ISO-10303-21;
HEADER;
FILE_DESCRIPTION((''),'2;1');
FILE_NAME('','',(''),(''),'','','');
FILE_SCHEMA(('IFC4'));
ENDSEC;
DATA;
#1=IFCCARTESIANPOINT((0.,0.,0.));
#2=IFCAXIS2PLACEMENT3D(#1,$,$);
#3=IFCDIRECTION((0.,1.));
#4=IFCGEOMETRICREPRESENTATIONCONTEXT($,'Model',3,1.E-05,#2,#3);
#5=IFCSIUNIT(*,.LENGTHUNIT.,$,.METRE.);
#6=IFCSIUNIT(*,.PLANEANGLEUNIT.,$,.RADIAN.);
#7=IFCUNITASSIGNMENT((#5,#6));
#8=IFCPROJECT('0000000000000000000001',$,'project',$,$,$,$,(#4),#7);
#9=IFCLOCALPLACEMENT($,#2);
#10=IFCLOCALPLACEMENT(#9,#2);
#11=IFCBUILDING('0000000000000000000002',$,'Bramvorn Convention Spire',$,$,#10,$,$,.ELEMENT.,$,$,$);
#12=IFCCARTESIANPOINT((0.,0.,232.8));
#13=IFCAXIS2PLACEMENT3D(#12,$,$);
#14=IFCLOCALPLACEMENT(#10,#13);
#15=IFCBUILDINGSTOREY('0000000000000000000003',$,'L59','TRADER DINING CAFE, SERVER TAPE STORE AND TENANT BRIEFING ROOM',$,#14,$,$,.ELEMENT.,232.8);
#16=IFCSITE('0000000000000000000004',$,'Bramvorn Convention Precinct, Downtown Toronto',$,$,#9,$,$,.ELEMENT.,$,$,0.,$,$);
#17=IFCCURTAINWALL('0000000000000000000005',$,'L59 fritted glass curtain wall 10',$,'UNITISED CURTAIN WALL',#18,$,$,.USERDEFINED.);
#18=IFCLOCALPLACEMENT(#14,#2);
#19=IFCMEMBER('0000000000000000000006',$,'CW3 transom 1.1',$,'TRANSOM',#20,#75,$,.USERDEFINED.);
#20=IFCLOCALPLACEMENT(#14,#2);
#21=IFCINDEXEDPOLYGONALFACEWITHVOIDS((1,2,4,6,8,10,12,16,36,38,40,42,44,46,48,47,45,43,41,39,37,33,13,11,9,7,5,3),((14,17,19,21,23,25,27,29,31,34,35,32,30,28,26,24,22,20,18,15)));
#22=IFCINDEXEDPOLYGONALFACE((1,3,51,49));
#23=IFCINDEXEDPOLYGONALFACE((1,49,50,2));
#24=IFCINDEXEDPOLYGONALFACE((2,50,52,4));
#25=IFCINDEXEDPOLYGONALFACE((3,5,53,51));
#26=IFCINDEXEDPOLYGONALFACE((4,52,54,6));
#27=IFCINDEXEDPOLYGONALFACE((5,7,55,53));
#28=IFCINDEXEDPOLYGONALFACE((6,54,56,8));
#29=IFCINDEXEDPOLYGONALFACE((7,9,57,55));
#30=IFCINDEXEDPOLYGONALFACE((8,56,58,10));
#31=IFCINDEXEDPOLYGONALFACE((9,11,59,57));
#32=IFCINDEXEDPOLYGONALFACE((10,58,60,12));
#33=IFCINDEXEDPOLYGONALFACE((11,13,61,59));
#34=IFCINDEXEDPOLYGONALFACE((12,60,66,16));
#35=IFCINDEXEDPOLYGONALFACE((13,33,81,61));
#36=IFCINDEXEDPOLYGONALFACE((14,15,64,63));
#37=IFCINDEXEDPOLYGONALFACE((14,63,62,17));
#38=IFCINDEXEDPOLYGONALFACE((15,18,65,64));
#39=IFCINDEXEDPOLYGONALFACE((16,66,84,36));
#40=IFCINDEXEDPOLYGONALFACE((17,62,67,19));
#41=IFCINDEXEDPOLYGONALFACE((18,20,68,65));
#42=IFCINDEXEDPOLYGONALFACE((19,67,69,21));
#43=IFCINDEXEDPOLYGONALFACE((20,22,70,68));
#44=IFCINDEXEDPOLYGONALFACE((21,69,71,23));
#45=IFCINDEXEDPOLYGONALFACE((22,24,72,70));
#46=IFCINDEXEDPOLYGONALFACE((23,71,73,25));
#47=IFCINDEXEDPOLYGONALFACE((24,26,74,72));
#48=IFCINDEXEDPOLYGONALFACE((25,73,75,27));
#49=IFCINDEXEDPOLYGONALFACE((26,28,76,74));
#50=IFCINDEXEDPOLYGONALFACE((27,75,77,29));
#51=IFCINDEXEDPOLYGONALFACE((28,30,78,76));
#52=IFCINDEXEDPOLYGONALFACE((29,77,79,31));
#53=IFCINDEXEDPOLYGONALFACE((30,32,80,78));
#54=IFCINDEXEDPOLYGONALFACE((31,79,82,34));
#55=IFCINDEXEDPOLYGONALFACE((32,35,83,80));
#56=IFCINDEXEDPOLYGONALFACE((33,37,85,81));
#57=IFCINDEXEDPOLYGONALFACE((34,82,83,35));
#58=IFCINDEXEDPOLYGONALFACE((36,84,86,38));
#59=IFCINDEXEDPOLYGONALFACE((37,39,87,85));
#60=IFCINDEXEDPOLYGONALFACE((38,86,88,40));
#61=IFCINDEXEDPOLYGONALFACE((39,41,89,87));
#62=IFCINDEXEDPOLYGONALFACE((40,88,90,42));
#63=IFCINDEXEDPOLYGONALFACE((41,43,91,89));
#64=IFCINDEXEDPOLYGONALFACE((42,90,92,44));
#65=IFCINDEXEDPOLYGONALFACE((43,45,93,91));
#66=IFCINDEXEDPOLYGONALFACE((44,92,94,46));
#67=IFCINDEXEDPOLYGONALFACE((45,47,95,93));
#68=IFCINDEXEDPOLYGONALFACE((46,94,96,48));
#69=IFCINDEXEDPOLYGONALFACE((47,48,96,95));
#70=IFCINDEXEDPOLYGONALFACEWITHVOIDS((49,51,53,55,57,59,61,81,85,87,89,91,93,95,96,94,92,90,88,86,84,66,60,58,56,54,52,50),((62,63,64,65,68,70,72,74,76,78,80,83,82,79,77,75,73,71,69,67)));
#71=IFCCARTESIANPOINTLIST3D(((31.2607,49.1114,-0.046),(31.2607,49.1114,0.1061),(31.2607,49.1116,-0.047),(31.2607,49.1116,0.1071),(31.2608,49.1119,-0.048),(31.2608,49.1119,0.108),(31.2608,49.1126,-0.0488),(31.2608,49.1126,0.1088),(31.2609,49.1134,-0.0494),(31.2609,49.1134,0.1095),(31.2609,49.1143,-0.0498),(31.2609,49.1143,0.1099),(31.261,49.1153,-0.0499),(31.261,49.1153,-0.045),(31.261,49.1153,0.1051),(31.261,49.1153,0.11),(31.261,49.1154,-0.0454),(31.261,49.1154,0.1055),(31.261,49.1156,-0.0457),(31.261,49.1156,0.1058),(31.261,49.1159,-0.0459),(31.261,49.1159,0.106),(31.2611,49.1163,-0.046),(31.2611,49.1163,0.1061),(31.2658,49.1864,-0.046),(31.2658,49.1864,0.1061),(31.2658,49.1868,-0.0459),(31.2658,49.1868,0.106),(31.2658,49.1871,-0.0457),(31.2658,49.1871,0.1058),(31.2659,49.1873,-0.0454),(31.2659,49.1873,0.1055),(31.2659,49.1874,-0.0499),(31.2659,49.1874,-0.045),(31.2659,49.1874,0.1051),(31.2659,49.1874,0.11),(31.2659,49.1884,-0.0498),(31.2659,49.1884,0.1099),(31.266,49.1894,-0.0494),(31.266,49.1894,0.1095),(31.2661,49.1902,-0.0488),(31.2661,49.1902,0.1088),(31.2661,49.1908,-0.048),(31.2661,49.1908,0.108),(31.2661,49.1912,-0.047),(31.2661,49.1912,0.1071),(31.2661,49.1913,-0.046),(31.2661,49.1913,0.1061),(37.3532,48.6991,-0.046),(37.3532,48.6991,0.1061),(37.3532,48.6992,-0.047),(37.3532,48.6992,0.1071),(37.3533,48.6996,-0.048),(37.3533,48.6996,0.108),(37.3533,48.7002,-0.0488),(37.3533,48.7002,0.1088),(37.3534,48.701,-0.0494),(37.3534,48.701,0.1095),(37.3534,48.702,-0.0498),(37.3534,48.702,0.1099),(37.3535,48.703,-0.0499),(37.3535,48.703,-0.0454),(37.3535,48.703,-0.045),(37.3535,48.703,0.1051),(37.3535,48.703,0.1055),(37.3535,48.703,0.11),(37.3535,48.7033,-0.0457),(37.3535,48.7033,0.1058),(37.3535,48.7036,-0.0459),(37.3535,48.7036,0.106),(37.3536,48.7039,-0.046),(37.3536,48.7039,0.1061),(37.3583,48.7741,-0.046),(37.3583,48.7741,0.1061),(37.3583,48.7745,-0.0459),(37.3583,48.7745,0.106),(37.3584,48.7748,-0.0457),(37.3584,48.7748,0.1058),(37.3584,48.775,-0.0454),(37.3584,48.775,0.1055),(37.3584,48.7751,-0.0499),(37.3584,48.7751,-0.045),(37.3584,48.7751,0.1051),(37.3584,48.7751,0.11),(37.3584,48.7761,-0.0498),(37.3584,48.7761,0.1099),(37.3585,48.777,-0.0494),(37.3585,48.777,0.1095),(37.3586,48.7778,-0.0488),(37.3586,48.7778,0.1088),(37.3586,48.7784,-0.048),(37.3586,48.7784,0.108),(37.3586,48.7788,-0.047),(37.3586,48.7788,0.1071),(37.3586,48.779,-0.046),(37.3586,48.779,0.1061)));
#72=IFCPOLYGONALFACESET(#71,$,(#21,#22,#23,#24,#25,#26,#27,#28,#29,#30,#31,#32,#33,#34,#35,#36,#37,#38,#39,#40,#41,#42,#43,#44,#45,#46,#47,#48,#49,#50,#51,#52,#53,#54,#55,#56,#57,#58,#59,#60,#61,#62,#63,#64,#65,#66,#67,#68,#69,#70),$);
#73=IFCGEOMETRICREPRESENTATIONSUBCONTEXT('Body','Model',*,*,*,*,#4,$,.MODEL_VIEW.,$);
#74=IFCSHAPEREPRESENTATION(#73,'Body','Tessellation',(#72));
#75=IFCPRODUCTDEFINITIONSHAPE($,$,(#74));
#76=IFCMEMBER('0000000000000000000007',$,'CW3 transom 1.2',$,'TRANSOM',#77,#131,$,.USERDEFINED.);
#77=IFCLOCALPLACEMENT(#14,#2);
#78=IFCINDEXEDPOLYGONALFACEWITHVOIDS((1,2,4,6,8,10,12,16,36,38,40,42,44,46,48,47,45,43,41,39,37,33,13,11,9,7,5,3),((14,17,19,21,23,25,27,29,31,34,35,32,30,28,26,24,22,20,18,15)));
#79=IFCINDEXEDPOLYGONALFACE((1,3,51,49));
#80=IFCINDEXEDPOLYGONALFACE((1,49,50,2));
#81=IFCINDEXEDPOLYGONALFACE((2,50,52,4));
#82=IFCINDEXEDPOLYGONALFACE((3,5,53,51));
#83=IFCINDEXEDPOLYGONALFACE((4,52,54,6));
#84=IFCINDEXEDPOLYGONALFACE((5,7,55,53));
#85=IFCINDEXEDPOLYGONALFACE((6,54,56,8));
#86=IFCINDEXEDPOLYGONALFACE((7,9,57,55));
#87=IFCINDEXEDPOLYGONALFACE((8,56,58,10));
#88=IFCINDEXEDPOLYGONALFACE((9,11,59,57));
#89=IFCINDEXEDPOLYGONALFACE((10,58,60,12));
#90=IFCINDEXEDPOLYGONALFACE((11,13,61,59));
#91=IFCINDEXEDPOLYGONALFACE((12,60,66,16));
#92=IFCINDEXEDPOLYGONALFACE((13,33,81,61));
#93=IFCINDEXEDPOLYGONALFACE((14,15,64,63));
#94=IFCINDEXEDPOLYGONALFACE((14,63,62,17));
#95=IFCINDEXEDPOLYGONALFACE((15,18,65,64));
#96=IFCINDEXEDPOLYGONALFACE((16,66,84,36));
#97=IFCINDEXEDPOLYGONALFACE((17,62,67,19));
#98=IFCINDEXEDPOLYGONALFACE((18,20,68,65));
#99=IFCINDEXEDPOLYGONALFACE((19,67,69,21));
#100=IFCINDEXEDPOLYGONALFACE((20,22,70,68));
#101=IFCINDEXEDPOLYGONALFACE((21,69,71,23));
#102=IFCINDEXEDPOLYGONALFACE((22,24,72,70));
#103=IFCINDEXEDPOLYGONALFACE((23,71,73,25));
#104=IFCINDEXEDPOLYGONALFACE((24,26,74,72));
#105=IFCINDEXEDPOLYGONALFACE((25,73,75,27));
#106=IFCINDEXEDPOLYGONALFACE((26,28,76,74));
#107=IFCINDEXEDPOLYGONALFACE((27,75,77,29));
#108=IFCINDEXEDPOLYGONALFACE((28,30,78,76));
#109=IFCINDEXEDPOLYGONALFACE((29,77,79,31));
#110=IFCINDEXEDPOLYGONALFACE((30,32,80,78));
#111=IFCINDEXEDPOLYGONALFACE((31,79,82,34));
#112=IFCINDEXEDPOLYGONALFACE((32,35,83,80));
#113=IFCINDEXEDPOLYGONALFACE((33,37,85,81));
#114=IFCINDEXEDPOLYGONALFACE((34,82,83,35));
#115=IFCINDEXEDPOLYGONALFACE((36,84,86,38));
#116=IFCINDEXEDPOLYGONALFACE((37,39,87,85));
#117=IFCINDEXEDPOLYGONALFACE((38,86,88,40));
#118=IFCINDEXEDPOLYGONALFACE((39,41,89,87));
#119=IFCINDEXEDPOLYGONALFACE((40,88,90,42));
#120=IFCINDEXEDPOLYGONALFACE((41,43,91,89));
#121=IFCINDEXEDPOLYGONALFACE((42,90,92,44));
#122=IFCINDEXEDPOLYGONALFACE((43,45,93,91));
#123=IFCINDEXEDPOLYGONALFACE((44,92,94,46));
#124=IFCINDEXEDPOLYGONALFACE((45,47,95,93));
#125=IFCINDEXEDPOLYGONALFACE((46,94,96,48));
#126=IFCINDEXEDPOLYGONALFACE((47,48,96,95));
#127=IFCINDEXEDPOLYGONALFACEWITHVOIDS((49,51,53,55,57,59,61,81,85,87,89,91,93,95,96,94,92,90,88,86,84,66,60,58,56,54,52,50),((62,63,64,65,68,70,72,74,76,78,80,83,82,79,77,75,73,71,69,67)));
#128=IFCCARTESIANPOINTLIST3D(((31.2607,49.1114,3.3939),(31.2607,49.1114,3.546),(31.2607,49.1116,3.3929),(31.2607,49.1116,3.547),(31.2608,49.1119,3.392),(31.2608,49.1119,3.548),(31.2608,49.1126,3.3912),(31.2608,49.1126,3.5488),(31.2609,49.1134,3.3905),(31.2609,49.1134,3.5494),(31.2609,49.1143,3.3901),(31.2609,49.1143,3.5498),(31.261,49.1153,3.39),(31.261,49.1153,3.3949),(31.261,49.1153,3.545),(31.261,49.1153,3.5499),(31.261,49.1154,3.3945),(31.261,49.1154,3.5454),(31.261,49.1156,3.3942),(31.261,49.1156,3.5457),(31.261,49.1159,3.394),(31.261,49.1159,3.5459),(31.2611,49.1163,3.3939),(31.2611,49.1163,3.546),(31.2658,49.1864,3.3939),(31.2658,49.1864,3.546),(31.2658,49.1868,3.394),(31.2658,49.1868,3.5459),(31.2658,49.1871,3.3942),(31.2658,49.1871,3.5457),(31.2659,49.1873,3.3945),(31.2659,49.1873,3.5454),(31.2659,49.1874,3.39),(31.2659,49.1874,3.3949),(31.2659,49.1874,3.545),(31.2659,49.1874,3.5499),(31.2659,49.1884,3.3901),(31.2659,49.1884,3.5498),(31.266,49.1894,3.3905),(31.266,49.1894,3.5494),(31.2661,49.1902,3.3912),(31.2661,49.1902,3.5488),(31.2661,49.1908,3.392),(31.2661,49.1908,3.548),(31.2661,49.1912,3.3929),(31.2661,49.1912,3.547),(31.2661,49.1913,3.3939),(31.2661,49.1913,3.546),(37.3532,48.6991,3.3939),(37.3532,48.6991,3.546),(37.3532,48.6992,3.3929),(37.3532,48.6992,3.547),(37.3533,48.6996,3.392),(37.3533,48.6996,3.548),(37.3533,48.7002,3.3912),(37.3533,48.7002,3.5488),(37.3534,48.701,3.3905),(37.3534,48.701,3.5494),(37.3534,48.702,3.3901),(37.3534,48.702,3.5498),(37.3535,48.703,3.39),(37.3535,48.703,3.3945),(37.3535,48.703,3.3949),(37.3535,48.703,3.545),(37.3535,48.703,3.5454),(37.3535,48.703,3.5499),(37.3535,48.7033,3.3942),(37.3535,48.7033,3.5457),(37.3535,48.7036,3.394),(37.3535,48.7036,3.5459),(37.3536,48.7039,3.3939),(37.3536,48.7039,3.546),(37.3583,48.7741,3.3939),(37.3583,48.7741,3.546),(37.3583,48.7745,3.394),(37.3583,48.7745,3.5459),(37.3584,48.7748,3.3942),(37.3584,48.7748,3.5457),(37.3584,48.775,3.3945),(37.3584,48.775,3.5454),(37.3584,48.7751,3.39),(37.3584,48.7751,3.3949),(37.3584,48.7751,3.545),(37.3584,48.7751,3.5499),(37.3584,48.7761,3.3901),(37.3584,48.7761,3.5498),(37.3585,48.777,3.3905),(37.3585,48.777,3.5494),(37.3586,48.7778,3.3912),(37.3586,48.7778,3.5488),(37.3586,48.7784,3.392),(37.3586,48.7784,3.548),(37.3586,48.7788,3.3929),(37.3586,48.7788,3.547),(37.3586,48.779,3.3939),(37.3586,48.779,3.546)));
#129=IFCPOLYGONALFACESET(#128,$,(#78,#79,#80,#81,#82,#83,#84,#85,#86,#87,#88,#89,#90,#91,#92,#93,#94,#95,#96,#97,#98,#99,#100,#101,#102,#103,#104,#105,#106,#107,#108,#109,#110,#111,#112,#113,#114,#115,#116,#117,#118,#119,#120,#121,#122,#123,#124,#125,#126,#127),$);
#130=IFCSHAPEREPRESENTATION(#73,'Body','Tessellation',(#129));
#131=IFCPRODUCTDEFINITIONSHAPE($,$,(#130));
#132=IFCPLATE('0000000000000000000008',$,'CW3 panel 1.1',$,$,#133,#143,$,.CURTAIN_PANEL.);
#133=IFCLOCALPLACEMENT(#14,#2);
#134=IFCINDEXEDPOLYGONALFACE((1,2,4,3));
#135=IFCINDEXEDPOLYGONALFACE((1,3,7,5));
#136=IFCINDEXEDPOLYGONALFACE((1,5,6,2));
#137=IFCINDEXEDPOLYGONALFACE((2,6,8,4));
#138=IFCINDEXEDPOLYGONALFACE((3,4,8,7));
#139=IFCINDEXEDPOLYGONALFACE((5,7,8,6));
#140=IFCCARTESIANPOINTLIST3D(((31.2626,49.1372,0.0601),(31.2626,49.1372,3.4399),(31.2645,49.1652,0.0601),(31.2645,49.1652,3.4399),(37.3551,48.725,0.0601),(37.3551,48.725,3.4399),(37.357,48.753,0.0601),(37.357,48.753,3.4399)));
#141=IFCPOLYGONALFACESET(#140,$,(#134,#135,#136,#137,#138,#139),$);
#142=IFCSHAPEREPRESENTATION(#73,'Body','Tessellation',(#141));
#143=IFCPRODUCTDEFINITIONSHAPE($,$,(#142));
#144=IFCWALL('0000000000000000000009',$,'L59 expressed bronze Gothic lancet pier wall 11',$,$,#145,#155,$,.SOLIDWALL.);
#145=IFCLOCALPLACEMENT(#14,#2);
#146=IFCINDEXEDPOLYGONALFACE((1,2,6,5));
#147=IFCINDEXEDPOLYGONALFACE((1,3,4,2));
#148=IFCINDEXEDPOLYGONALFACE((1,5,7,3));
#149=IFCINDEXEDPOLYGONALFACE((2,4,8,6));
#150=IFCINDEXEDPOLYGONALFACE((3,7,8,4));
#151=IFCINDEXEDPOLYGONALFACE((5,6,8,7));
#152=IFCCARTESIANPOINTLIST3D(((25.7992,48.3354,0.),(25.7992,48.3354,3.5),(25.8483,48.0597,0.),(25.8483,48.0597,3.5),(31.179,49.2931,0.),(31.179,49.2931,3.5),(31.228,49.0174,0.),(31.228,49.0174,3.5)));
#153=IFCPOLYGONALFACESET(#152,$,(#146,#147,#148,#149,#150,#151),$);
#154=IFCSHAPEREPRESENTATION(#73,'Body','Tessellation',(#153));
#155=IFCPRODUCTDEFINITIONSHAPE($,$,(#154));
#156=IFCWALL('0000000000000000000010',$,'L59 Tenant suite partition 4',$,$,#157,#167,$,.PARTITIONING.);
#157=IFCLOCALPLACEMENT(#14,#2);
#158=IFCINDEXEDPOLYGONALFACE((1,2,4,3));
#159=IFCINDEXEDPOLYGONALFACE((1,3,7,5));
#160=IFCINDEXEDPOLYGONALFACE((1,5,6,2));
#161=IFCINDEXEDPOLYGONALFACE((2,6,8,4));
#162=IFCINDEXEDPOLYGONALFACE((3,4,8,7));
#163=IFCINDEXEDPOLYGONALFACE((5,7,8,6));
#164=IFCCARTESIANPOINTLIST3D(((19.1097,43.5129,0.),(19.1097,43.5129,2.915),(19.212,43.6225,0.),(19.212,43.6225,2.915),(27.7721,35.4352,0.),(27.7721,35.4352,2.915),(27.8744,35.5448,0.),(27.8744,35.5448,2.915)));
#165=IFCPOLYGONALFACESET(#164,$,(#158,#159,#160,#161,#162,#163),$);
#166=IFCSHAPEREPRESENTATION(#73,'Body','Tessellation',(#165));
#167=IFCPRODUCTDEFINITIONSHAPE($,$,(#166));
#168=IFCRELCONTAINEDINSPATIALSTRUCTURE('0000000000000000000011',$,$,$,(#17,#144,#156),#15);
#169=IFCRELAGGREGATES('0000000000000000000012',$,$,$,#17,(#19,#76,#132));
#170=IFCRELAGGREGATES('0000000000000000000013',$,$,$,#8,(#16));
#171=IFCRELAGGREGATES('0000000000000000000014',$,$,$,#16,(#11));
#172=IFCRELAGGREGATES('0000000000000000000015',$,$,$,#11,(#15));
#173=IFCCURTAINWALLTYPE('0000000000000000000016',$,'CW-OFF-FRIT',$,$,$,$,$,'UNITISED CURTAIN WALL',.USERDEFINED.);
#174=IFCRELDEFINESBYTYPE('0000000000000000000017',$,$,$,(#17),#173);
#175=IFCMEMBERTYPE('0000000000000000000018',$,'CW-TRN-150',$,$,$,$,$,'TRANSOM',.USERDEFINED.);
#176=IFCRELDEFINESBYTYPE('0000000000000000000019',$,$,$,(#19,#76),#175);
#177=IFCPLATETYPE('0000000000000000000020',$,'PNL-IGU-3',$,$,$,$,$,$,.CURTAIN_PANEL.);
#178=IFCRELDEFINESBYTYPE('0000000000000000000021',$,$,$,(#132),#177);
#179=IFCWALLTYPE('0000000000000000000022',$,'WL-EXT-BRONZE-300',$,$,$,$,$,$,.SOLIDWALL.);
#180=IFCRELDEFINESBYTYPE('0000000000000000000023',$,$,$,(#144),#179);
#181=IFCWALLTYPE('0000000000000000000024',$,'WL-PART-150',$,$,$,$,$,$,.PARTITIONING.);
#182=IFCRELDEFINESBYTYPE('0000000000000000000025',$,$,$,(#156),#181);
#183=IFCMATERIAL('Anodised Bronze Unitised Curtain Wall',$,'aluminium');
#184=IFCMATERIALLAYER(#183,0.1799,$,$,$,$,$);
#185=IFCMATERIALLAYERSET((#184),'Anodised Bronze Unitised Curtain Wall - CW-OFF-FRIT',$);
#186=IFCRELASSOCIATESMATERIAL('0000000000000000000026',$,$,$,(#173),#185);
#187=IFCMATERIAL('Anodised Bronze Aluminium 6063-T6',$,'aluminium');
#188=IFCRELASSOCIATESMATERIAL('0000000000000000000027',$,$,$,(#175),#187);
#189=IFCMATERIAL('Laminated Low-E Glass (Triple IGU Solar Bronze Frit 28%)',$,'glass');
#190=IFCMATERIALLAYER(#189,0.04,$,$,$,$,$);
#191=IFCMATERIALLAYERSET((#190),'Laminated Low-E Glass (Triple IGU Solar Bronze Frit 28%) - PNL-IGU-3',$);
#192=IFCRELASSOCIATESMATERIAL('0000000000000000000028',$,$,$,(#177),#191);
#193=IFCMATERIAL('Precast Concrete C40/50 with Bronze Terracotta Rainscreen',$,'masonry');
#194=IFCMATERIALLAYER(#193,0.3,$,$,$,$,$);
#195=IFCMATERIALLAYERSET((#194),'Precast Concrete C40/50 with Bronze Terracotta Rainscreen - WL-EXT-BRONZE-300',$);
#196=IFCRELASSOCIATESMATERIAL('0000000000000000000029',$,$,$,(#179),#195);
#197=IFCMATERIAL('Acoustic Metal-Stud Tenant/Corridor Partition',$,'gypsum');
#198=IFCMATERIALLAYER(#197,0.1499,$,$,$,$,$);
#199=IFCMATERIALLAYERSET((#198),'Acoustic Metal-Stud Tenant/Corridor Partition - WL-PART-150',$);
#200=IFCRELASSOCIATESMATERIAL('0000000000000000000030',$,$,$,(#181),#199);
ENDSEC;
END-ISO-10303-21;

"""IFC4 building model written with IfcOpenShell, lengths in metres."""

from ifc_helpers import new_model, si_unit, direction, frame, frame_2d, origin, origin_2d, place, context, subcontext, project, spatial, rectangle, hollow_rectangle, extrude, material, layer, layer_set, material_profile, profile_set, type_object, element, aggregate, save


model = new_model("IFC4")

# Units and contexts
model_context = context("Model", 3, precision=1e-05, world=origin(), true_north=direction((0.0, 1.0)))
body_context = subcontext(model_context, "Body", "Model", "MODEL_VIEW")
ifc_project = project(units=[si_unit("LENGTHUNIT", "METRE"), si_unit("PLANEANGLEUNIT", "RADIAN")], contexts=[model_context])

# Site, building, storey
site_placement = place(None, origin())
site = spatial("IfcSite", under=ifc_project, at=site_placement, Name="Bramvorn Convention Precinct, Downtown Toronto", CompositionType="ELEMENT", RefElevation=0.0)
building_placement = place(site_placement, origin())
building = spatial("IfcBuilding", under=site, at=building_placement, Name="Bramvorn Convention Spire", CompositionType="ELEMENT")
storey_placement = place(building_placement, frame((0.0, 0.0, 232.8)))
storey = spatial("IfcBuildingStorey", under=building, at=storey_placement, Name="L59", Description="TRADER DINING CAFE, SERVER TAPE STORE AND TENANT BRIEFING ROOM", CompositionType="ELEMENT", Elevation=232.8)

# Curtain wall, members, plate
ifc_material_1 = material(Name="Anodised Bronze Unitised Curtain Wall", Category="aluminium")
ifc_layer_1 = layer(ifc_material_1, 0.1799)
ifc_layer_set_1 = layer_set([ifc_layer_1], Name="Anodised Bronze Unitised Curtain Wall - CW-OFF-FRIT")
curtain_wall_type = type_object("IfcCurtainWallType", Name="CW-OFF-FRIT", ElementType="UNITISED CURTAIN WALL", PredefinedType="USERDEFINED", material=ifc_layer_set_1)
curtain_wall_placement = place(storey_placement, origin())
curtain_wall = element("IfcCurtainWall", 1, at=curtain_wall_placement, inside=storey, type_object=curtain_wall_type, Name="L59 fritted glass curtain wall 10", ObjectType="UNITISED CURTAIN WALL", PredefinedType="USERDEFINED")
ifc_material_2 = material(Name="Anodised Bronze Aluminium 6063-T6", Category="aluminium")
ifc_material_profile_1 = material_profile(ifc_material_2, hollow_rectangle(XDim=0.0801, YDim=0.1599, WallThickness=0.0039, InnerFilletRadius=0.001, OuterFilletRadius=0.0039, at=origin_2d()))
ifc_profile_set_1 = profile_set([ifc_material_profile_1], Name="Anodised Bronze Aluminium 6063-T6 - CWT80X160")
member_type_1 = type_object("IfcMemberType", Name="CW-TRN-150", ElementType="TRANSOM", PredefinedType="USERDEFINED", material=ifc_profile_set_1)
member_1_placement = place(storey_placement, frame((31.2634, 49.1514, 0.03), z_axis=(0.997717, -0.067527, 0.0), x_axis=(0.067527, 0.997717, 0.0)))
member_1 = element("IfcMember", 2, at=member_1_placement, type_object=member_type_1, Name="CW3 transom 1.1", ObjectType="TRANSOM", PredefinedType="USERDEFINED", context=body_context, shape_type="SweptSolid", body=[
    extrude(hollow_rectangle(XDim=0.0801, YDim=0.1599, WallThickness=0.0039, InnerFilletRadius=0.001, OuterFilletRadius=0.0039, at=origin_2d()), origin(), (0.0, 0.0, 1.0), 6.1064),
])
member_2_placement = place(storey_placement, frame((31.2634, 49.1514, 3.47), z_axis=(0.997717, -0.067527, 0.0), x_axis=(0.067527, 0.997717, 0.0)))
member_2 = element("IfcMember", 3, at=member_2_placement, type_object=member_type_1, Name="CW3 transom 1.2", ObjectType="TRANSOM", PredefinedType="USERDEFINED", context=body_context, shape_type="SweptSolid", body=[
    extrude(hollow_rectangle(XDim=0.0801, YDim=0.1599, WallThickness=0.0039, InnerFilletRadius=0.001, OuterFilletRadius=0.0039, at=origin_2d()), origin(), (0.0, 0.0, 1.0), 6.1064),
])
ifc_material_3 = material(Name="Laminated Low-E Glass (Triple IGU Solar Bronze Frit 28%)", Category="glass")
ifc_layer_2 = layer(ifc_material_3, 0.04)
ifc_layer_set_2 = layer_set([ifc_layer_2], Name="Laminated Low-E Glass (Triple IGU Solar Bronze Frit 28%) - PNL-IGU-3")
plate_type = type_object("IfcPlateType", Name="PNL-IGU-3", PredefinedType="CURTAIN_PANEL", material=ifc_layer_set_2)
plate_placement = place(storey_placement, frame((34.3098, 48.9451, 0.0601), z_axis=(0.0, 0.0, 1.0), x_axis=(0.997719, -0.067503, 0.0)))
plate = element("IfcPlate", 4, at=plate_placement, type_object=plate_type, Name="CW3 panel 1.1", PredefinedType="CURTAIN_PANEL", context=body_context, shape_type="SweptSolid", body=[
    extrude(rectangle(XDim=6.1064, YDim=0.0281, at=origin_2d()), origin(), (0.0, 0.0, 1.0), 3.3799),
])
aggregate(curtain_wall, [member_1, member_2, plate])

# Walls
ifc_material_4 = material(Name="Precast Concrete C40/50 with Bronze Terracotta Rainscreen", Category="masonry")
ifc_layer_3 = layer(ifc_material_4, 0.3)
ifc_layer_set_3 = layer_set([ifc_layer_3], Name="Precast Concrete C40/50 with Bronze Terracotta Rainscreen - WL-EXT-BRONZE-300")
wall_type_1 = type_object("IfcWallType", Name="WL-EXT-BRONZE-300", PredefinedType="SOLIDWALL", material=ifc_layer_set_3)
wall_1_placement = place(storey_placement, frame((25.8237, 48.1975, 0.0), z_axis=(0.0, 0.0, 1.0), x_axis=(0.98452, 0.175271, 0.0)))
element("IfcWall", 5, at=wall_1_placement, inside=storey, type_object=wall_type_1, Name="L59 expressed bronze Gothic lancet pier wall 11", PredefinedType="SOLIDWALL", context=body_context, shape_type="SweptSolid", body=[
    extrude(rectangle(XDim=5.4644, YDim=0.28, at=frame_2d((2.7322, 0.0))), origin(), (0.0, 0.0, 1.0), 3.5),
])
ifc_material_5 = material(Name="Acoustic Metal-Stud Tenant/Corridor Partition", Category="gypsum")
ifc_layer_4 = layer(ifc_material_5, 0.1499)
ifc_layer_set_4 = layer_set([ifc_layer_4], Name="Acoustic Metal-Stud Tenant/Corridor Partition - WL-PART-150")
wall_type_2 = type_object("IfcWallType", Name="WL-PART-150", PredefinedType="PARTITIONING", material=ifc_layer_set_4)
wall_2_placement = place(storey_placement, frame((27.8232, 35.49, 0.0), z_axis=(0.0, 0.0, 1.0), x_axis=(-0.73136, 0.681992, 0.0)))
element("IfcWall", 6, at=wall_2_placement, inside=storey, type_object=wall_type_2, Name="L59 Tenant suite partition 4", PredefinedType="PARTITIONING", context=body_context, shape_type="SweptSolid", body=[
    extrude(rectangle(XDim=11.8442, YDim=0.1499, at=frame_2d((5.9221, 0.0))), origin(), (0.0, 0.0, 1.0), 2.915),
])

save(model, "model.ifc")
